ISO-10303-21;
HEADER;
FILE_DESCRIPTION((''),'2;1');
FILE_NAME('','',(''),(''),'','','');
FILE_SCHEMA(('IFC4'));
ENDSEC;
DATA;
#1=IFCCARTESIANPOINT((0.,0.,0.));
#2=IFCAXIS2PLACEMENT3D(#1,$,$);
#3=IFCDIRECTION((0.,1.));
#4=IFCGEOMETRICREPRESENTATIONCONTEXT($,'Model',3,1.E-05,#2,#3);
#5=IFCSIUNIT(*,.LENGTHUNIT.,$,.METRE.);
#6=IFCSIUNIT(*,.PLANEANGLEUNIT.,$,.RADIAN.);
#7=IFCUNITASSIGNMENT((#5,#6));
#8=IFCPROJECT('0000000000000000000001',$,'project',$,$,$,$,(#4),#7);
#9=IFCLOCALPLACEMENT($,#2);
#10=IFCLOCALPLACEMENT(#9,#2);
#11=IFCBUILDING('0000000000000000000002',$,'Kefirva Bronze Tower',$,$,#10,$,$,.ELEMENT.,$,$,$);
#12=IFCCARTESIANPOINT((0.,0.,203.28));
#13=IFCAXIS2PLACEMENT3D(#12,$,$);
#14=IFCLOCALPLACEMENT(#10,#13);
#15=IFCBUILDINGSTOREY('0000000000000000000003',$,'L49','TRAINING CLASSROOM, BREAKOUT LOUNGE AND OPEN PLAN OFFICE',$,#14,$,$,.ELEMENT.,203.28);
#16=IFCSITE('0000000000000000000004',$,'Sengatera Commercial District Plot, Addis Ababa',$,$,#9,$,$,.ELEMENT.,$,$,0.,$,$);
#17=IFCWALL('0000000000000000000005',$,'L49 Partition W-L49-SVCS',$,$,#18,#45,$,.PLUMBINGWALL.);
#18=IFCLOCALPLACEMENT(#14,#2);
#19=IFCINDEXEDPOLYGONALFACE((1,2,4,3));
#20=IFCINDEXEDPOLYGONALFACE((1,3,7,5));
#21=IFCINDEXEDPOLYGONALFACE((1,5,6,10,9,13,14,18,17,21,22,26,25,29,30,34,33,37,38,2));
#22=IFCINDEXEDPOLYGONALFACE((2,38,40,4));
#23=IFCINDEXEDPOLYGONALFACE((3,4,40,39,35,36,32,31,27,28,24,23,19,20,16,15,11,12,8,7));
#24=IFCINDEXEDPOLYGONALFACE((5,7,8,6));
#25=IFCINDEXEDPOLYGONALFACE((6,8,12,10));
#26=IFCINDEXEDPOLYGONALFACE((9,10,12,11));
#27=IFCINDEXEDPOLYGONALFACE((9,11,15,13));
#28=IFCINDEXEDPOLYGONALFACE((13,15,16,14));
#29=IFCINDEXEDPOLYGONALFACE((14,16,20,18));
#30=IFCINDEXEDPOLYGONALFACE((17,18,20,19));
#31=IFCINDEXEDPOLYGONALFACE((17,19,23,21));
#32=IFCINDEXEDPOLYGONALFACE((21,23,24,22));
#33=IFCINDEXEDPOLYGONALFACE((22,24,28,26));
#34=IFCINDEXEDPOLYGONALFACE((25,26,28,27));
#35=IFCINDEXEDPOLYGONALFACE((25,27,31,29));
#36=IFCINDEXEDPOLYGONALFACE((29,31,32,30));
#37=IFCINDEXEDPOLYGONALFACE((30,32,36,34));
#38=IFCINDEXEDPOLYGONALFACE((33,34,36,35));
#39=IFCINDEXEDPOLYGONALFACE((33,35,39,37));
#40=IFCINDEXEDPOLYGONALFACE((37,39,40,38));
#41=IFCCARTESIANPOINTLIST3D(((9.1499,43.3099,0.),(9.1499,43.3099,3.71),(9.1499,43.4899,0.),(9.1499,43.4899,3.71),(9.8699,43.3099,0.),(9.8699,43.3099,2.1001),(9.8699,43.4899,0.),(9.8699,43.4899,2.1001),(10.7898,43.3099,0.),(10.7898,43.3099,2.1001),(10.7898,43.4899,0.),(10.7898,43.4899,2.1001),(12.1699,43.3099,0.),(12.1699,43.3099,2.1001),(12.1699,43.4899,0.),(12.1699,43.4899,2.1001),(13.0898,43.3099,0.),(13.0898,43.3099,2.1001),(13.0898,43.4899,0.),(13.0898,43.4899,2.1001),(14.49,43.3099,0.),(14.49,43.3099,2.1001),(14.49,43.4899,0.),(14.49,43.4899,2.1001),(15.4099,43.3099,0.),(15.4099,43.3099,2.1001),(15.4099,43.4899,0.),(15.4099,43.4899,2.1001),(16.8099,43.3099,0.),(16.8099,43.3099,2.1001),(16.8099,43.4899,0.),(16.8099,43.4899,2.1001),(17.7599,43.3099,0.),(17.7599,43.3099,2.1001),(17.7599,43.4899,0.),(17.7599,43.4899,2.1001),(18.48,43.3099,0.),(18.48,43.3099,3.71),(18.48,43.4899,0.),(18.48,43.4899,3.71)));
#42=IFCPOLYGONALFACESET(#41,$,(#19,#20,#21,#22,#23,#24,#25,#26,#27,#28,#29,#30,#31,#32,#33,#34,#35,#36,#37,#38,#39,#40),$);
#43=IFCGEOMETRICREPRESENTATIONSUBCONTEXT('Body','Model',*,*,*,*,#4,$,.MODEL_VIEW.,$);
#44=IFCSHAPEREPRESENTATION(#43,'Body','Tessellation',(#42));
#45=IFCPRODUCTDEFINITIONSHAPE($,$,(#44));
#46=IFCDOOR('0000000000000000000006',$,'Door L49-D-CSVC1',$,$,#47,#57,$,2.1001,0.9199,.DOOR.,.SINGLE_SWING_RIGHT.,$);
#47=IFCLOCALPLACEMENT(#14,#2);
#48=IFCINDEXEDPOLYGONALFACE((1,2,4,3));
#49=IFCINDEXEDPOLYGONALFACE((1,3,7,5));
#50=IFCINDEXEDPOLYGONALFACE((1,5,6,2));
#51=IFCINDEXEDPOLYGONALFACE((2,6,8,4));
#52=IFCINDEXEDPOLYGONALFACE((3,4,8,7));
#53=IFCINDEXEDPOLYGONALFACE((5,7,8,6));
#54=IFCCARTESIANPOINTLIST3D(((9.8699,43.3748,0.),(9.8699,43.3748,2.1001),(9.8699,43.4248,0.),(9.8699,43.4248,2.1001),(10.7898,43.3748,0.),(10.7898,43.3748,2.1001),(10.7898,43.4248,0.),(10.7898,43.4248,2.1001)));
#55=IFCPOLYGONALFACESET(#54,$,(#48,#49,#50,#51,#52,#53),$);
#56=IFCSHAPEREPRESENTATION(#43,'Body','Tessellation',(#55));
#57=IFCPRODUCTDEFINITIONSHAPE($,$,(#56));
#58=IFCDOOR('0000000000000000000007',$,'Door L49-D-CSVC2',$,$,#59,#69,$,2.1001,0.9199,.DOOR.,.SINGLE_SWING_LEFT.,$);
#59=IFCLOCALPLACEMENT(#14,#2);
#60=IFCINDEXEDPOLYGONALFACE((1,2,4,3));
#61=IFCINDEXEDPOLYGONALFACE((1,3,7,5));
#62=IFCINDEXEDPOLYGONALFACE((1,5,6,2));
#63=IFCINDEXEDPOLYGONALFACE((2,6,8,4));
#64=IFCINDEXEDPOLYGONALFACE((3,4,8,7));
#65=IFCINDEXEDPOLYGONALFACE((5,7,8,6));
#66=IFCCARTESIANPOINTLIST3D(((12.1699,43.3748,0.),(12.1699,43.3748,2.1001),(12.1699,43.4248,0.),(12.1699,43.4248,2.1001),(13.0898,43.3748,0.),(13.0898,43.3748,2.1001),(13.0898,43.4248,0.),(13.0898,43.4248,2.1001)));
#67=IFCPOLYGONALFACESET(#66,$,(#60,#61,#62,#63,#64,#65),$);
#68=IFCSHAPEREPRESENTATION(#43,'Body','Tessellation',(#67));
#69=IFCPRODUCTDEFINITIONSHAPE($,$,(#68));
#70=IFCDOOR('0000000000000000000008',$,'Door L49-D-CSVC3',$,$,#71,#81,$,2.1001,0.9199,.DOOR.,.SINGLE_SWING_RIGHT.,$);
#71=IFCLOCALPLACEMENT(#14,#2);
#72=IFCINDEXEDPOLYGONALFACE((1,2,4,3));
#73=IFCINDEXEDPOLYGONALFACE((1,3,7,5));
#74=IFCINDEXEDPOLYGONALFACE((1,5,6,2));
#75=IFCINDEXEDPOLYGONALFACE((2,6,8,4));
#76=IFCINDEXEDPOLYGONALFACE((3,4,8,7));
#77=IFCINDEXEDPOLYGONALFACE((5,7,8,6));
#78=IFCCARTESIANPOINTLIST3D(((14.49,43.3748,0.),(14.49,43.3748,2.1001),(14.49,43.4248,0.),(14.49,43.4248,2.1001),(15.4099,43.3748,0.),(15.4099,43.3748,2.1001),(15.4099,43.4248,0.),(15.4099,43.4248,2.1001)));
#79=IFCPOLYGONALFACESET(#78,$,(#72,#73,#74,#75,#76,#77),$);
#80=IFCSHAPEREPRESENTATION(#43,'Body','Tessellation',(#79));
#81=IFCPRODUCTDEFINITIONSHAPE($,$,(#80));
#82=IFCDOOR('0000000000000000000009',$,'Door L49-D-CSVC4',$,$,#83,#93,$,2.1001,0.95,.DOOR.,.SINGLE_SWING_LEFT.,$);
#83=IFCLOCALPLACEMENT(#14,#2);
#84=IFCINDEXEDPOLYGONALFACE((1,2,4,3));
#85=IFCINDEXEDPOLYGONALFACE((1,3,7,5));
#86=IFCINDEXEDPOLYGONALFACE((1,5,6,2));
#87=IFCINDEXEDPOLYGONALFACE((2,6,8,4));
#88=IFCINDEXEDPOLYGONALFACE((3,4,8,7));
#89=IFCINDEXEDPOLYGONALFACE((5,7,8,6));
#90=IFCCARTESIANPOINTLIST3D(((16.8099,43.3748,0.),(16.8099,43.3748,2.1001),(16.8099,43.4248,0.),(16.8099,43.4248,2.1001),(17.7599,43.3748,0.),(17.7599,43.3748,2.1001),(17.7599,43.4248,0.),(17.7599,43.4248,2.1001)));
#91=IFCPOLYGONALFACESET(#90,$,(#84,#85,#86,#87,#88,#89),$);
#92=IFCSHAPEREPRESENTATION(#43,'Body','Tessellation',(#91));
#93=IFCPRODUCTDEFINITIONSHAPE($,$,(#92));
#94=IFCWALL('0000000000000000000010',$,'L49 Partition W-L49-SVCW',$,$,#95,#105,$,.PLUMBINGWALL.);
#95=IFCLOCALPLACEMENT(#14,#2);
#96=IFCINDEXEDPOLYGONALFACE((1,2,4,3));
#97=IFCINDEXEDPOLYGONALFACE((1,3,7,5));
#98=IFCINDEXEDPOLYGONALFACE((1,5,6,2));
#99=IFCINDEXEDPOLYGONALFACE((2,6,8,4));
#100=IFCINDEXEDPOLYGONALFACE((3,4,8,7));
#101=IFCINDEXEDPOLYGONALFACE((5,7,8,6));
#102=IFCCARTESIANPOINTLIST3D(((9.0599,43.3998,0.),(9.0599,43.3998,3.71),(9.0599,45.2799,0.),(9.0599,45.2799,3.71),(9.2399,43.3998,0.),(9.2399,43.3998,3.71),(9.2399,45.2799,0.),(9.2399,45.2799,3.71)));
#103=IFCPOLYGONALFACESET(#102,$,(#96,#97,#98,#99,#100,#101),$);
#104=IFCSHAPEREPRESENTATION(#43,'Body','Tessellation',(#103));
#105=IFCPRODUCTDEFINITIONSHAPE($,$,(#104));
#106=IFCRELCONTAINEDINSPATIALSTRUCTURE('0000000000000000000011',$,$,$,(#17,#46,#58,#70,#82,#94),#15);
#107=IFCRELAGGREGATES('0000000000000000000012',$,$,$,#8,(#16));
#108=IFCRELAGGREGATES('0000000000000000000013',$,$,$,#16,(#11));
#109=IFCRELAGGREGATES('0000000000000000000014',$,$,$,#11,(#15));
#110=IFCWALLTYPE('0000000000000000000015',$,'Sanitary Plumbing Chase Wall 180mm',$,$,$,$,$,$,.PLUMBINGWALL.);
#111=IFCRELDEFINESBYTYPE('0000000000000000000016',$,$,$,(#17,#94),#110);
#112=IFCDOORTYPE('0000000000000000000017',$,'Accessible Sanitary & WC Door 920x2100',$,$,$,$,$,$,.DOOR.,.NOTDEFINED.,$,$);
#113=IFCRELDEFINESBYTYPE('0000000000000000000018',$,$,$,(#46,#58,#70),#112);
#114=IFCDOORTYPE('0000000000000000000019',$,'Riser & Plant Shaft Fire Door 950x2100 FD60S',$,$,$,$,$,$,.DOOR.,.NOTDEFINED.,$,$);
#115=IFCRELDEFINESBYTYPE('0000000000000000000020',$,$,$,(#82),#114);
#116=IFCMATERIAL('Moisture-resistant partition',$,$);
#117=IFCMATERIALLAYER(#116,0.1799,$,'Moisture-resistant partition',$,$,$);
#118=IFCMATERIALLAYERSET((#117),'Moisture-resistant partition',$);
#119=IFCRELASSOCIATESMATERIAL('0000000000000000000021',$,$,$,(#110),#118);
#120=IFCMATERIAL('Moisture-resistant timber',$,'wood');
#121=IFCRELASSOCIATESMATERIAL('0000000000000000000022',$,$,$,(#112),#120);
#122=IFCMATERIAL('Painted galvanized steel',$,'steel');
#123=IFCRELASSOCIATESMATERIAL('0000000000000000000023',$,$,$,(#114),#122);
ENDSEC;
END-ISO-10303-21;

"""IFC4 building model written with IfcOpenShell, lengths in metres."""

from ifc_helpers import new_model, si_unit, direction, frame, frame_2d, origin, place, context, subcontext, project, spatial, rectangle, extrude, material, layer, layer_set, type_object, element, fill, save


model = new_model("IFC4")

# Units and contexts
model_context = context("Model", 3, precision=1e-05, world=origin(), true_north=direction((0.0, 1.0)))
body_context = subcontext(model_context, "Body", "Model", "MODEL_VIEW")
ifc_project = project(units=[si_unit("LENGTHUNIT", "METRE"), si_unit("PLANEANGLEUNIT", "RADIAN")], contexts=[model_context])

# Site, building, storey
site_placement = place(None, origin())
site = spatial("IfcSite", under=ifc_project, at=site_placement, Name="Sengatera Commercial District Plot, Addis Ababa", CompositionType="ELEMENT", RefElevation=0.0)
building_placement = place(site_placement, origin())
building = spatial("IfcBuilding", under=site, at=building_placement, Name="Kefirva Bronze Tower", CompositionType="ELEMENT")
storey_placement = place(building_placement, frame((0.0, 0.0, 203.28)))
storey = spatial("IfcBuildingStorey", under=building, at=storey_placement, Name="L49", Description="TRAINING CLASSROOM, BREAKOUT LOUNGE AND OPEN PLAN OFFICE", CompositionType="ELEMENT", Elevation=203.28)

# Wall, openings, doors
ifc_material_1 = material(Name="Moisture-resistant partition")
ifc_layer_1 = layer(ifc_material_1, 0.1799, Name="Moisture-resistant partition")
ifc_layer_set_1 = layer_set([ifc_layer_1], Name="Moisture-resistant partition")
wall_type_1 = type_object("IfcWallType", Name="Sanitary Plumbing Chase Wall 180mm", PredefinedType="PLUMBINGWALL", material=ifc_layer_set_1)
wall_1_placement = place(storey_placement, frame((9.1499, 43.3999, 0.0), z_axis=(0.0, 0.0, 1.0), x_axis=(1.0, 0.0, 0.0)))
wall_1 = element("IfcWall", 1, at=wall_1_placement, inside=storey, type_object=wall_type_1, Name="L49 Partition W-L49-SVCS", PredefinedType="PLUMBINGWALL", context=body_context, shape_type="SweptSolid", body=[
    extrude(rectangle(XDim=9.3301, YDim=0.1799, at=frame_2d((4.665, 0.0))), origin(), (0.0, 0.0, 1.0), 3.71),
])
opening_1_placement = place(wall_1_placement, frame((0.72, 0.0, 0.0)))
opening_1 = element("IfcOpeningElement", 2, at=opening_1_placement, cuts=wall_1, PredefinedType="OPENING", context=body_context, shape_type="SweptSolid", body=[
    extrude(rectangle(XDim=0.9199, YDim=2.1001, at=frame_2d((0.46, 1.05))), frame((0.0, 0.1001, 0.0), z_axis=(0.0, -1.0, 0.0), x_axis=(1.0, 0.0, 0.0)), (0.0, 0.0, 1.0), 0.2),
])
opening_2_placement = place(wall_1_placement, frame((3.02, 0.0, 0.0)))
opening_2 = element("IfcOpeningElement", 3, at=opening_2_placement, cuts=wall_1, PredefinedType="OPENING", context=body_context, shape_type="SweptSolid", body=[
    extrude(rectangle(XDim=0.9199, YDim=2.1001, at=frame_2d((0.46, 1.05))), frame((0.0, 0.1001, 0.0), z_axis=(0.0, -1.0, 0.0), x_axis=(1.0, 0.0, 0.0)), (0.0, 0.0, 1.0), 0.2),
])
opening_3_placement = place(wall_1_placement, frame((5.3401, 0.0, 0.0)))
opening_3 = element("IfcOpeningElement", 4, at=opening_3_placement, cuts=wall_1, PredefinedType="OPENING", context=body_context, shape_type="SweptSolid", body=[
    extrude(rectangle(XDim=0.9199, YDim=2.1001, at=frame_2d((0.46, 1.05))), frame((0.0, 0.1001, 0.0), z_axis=(0.0, -1.0, 0.0), x_axis=(1.0, 0.0, 0.0)), (0.0, 0.0, 1.0), 0.2),
])
opening_4_placement = place(wall_1_placement, frame((7.6599, 0.0, 0.0)))
opening_4 = element("IfcOpeningElement", 5, at=opening_4_placement, cuts=wall_1, PredefinedType="OPENING", context=body_context, shape_type="SweptSolid", body=[
    extrude(rectangle(XDim=0.95, YDim=2.1001, at=frame_2d((0.4751, 1.05))), frame((0.0, 0.1001, 0.0), z_axis=(0.0, -1.0, 0.0), x_axis=(1.0, 0.0, 0.0)), (0.0, 0.0, 1.0), 0.2),
])
ifc_material_2 = material(Name="Moisture-resistant timber", Category="wood")
door_type_1 = type_object("IfcDoorType", Name="Accessible Sanitary & WC Door 920x2100", OperationType="NOTDEFINED", PredefinedType="DOOR", material=ifc_material_2)
door_1_placement = place(opening_1_placement, origin())
door_1 = element("IfcDoor", 6, at=door_1_placement, inside=storey, type_object=door_type_1, Name="Door L49-D-CSVC1", OperationType="SINGLE_SWING_RIGHT", OverallHeight=2.1001, OverallWidth=0.9199, PredefinedType="DOOR", context=body_context, shape_type="SweptSolid", body=[
    extrude(rectangle(XDim=0.9199, YDim=2.1001, at=frame_2d((0.46, 1.05))), frame((0.0, 0.0249, 0.0), z_axis=(0.0, -1.0, 0.0), x_axis=(1.0, 0.0, 0.0)), (0.0, 0.0, 1.0), 0.05),
])
fill(opening_1, door_1)
door_2_placement = place(opening_2_placement, origin())
door_2 = element("IfcDoor", 7, at=door_2_placement, inside=storey, type_object=door_type_1, Name="Door L49-D-CSVC2", OperationType="SINGLE_SWING_LEFT", OverallHeight=2.1001, OverallWidth=0.9199, PredefinedType="DOOR", context=body_context, shape_type="SweptSolid", body=[
    extrude(rectangle(XDim=0.9199, YDim=2.1001, at=frame_2d((0.46, 1.05))), frame((0.0, 0.0249, 0.0), z_axis=(0.0, -1.0, 0.0), x_axis=(1.0, 0.0, 0.0)), (0.0, 0.0, 1.0), 0.05),
])
fill(opening_2, door_2)
door_3_placement = place(opening_3_placement, origin())
door_3 = element("IfcDoor", 8, at=door_3_placement, inside=storey, type_object=door_type_1, Name="Door L49-D-CSVC3", OperationType="SINGLE_SWING_RIGHT", OverallHeight=2.1001, OverallWidth=0.9199, PredefinedType="DOOR", context=body_context, shape_type="SweptSolid", body=[
    extrude(rectangle(XDim=0.9199, YDim=2.1001, at=frame_2d((0.46, 1.05))), frame((0.0, 0.0249, 0.0), z_axis=(0.0, -1.0, 0.0), x_axis=(1.0, 0.0, 0.0)), (0.0, 0.0, 1.0), 0.05),
])
fill(opening_3, door_3)
ifc_material_3 = material(Name="Painted galvanized steel", Category="steel")
door_type_2 = type_object("IfcDoorType", Name="Riser & Plant Shaft Fire Door 950x2100 FD60S", OperationType="NOTDEFINED", PredefinedType="DOOR", material=ifc_material_3)
door_4_placement = place(opening_4_placement, origin())
door_4 = element("IfcDoor", 9, at=door_4_placement, inside=storey, type_object=door_type_2, Name="Door L49-D-CSVC4", OperationType="SINGLE_SWING_LEFT", OverallHeight=2.1001, OverallWidth=0.95, PredefinedType="DOOR", context=body_context, shape_type="SweptSolid", body=[
    extrude(rectangle(XDim=0.95, YDim=2.1001, at=frame_2d((0.4751, 1.05))), frame((0.0, 0.0249, 0.0), z_axis=(0.0, -1.0, 0.0), x_axis=(1.0, 0.0, 0.0)), (0.0, 0.0, 1.0), 0.05),
])
fill(opening_4, door_4)

# Wall
wall_2_placement = place(storey_placement, frame((9.1499, 43.3999, 0.0), z_axis=(0.0, 0.0, 1.0), x_axis=(0.0, 1.0, 0.0)))
element("IfcWall", 10, at=wall_2_placement, inside=storey, type_object=wall_type_1, Name="L49 Partition W-L49-SVCW", PredefinedType="PLUMBINGWALL", context=body_context, shape_type="SweptSolid", body=[
    extrude(rectangle(XDim=1.8801, YDim=0.1799, at=frame_2d((0.9399, 0.0))), origin(), (0.0, 0.0, 1.0), 3.71),
])

save(model, "model.ifc")
